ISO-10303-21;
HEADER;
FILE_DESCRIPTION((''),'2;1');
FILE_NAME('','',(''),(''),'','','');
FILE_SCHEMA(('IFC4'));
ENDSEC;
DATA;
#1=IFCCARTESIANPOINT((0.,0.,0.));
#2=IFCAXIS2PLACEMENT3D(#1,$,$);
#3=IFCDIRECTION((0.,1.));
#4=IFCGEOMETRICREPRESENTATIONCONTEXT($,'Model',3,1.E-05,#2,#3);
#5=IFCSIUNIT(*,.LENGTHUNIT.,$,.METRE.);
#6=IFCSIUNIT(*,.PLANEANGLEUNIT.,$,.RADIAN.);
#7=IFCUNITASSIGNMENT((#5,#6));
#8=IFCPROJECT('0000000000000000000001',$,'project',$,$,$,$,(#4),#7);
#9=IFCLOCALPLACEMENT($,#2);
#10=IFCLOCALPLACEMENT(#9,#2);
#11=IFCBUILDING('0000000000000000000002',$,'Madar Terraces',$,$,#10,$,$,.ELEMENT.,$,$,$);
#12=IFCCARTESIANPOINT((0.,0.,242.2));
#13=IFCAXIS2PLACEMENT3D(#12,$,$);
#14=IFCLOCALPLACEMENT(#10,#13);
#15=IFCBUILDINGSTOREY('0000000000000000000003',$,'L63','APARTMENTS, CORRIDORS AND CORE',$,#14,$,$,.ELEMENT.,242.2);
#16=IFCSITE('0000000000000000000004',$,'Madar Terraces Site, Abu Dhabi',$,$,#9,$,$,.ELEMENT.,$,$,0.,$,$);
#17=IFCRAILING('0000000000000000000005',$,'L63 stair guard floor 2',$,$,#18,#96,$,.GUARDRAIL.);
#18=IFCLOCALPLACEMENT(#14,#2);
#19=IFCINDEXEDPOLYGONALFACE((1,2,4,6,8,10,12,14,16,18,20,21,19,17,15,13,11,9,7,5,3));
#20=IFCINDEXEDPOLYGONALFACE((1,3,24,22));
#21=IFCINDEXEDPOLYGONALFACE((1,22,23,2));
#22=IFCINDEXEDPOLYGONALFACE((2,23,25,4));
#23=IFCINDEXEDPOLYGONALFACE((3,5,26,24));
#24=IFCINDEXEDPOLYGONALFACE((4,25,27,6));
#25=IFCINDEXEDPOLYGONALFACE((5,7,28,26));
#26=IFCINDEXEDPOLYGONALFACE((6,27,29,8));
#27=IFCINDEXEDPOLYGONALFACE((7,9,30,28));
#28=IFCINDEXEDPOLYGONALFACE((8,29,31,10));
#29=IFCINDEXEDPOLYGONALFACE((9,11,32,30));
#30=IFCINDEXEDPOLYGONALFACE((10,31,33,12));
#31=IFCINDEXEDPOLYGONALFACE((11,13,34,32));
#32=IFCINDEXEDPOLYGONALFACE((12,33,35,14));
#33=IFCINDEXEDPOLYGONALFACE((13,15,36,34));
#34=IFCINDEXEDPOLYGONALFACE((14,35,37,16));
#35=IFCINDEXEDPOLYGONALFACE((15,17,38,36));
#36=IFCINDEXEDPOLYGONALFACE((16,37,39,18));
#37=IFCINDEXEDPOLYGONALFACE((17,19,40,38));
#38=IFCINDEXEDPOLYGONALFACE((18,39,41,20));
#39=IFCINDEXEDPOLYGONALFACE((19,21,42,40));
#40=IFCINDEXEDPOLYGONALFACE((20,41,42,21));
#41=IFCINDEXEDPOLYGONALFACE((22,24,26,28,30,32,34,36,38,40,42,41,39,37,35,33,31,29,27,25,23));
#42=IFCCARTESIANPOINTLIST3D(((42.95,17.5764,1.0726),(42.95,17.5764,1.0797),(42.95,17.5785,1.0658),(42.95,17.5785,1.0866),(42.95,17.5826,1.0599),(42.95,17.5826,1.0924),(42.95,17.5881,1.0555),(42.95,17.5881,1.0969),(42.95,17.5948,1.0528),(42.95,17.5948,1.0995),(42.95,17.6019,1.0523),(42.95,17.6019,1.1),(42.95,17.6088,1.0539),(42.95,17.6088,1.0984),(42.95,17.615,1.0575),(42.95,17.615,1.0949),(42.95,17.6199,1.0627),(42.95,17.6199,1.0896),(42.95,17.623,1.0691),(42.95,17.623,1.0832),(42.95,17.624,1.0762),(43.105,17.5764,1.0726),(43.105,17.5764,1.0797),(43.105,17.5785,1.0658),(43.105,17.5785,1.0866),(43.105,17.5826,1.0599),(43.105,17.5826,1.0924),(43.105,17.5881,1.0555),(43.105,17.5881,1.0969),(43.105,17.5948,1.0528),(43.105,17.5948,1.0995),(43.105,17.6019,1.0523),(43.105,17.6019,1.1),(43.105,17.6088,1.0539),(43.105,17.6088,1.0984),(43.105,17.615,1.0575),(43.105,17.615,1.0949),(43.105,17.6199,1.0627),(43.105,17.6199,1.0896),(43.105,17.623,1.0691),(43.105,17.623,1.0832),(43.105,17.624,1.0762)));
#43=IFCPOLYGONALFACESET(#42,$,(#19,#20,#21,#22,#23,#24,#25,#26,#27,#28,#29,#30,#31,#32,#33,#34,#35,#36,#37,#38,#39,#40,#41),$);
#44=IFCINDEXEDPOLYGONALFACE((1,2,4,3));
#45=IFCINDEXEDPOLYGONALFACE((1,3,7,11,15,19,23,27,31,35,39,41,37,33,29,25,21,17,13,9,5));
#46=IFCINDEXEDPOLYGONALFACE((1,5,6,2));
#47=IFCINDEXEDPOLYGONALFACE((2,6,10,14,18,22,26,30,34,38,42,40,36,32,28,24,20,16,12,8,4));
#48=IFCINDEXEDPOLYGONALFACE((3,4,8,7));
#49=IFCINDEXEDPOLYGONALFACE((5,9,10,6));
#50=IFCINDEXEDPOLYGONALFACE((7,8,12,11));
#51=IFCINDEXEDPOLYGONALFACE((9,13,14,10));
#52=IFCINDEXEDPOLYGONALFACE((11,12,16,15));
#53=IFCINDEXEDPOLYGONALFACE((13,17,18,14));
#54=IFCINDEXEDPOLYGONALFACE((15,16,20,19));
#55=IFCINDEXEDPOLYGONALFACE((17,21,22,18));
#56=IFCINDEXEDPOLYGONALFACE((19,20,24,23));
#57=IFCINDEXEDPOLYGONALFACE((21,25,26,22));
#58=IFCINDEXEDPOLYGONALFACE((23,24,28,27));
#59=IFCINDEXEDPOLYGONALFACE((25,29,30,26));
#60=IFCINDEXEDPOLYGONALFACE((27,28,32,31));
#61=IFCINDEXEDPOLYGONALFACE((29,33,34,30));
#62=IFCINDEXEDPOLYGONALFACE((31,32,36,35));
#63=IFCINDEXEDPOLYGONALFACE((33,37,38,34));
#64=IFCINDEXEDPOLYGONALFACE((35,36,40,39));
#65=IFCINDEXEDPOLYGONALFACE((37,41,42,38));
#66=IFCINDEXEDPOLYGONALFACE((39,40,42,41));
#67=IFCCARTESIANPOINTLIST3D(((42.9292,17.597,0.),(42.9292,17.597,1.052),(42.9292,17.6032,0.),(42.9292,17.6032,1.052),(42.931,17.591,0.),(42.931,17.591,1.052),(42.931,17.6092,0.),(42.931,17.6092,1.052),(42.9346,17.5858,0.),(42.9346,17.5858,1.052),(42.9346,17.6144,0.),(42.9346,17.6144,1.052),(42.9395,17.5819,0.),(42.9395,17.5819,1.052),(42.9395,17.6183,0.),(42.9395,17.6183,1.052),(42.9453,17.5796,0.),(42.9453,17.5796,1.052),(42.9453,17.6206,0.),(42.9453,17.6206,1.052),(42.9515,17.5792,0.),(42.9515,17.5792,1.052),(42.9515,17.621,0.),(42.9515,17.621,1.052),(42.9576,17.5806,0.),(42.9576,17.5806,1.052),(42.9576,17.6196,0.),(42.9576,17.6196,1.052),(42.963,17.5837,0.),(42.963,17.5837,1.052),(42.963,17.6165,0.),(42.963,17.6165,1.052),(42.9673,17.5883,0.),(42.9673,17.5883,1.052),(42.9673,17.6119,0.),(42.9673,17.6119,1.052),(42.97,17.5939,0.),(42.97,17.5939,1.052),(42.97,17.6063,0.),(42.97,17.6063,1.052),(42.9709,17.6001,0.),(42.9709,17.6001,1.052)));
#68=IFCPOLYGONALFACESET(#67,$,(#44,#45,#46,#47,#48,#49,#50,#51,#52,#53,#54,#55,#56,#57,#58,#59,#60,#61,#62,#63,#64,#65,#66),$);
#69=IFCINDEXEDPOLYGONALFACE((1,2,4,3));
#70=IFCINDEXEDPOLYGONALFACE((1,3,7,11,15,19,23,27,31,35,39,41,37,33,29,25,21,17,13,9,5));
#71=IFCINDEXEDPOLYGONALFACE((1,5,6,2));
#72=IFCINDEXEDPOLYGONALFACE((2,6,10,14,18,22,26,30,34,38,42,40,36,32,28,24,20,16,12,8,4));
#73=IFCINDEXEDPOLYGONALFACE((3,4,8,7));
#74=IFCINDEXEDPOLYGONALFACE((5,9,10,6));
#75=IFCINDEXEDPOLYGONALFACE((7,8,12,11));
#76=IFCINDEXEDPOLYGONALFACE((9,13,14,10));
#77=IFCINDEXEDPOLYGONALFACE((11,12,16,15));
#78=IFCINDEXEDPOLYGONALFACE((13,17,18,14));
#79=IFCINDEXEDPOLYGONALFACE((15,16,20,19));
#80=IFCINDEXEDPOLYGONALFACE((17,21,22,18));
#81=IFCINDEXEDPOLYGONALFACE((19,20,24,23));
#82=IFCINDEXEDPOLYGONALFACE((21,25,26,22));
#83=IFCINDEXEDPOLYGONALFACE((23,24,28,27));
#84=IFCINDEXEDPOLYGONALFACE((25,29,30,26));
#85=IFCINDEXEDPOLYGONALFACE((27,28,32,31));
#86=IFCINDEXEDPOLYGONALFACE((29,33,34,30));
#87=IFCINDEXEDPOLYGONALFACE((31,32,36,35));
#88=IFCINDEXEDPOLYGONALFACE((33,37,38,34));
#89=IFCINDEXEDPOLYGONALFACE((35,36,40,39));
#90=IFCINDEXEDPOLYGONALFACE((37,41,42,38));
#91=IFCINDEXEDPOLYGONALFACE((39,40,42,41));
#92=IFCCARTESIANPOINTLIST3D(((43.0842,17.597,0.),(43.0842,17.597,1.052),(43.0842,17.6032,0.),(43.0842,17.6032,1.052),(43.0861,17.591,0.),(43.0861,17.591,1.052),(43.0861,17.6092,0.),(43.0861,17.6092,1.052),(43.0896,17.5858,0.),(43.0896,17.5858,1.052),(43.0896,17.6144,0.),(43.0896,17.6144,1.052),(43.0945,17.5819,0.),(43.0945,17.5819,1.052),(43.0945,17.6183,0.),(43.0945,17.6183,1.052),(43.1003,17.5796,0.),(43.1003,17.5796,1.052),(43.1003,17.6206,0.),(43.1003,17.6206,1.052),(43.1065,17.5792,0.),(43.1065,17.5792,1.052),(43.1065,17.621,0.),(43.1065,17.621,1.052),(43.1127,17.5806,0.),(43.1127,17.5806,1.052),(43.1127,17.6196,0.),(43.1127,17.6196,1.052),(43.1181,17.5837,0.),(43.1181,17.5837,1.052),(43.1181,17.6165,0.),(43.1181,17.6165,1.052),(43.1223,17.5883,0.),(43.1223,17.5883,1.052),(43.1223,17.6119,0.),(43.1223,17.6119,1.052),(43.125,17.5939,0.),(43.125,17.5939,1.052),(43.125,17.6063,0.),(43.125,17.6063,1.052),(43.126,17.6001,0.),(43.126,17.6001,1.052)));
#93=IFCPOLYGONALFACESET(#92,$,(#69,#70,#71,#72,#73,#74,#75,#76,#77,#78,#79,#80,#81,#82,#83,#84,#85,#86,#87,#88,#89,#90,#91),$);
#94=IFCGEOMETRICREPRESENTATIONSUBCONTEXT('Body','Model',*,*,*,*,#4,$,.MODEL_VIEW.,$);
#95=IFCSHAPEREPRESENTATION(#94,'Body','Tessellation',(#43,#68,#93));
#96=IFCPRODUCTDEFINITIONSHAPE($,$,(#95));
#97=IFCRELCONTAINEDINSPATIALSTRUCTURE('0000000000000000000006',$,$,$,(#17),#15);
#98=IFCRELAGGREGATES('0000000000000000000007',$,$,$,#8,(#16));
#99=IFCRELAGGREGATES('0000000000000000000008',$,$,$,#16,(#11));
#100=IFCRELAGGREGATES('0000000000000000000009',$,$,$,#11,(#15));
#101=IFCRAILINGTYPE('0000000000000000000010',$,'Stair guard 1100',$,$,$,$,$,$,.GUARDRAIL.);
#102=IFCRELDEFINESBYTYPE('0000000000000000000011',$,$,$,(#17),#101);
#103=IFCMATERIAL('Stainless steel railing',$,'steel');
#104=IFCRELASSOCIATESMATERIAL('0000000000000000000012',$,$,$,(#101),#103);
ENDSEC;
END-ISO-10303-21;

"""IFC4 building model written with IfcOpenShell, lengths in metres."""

from ifc_helpers import new_model, si_unit, direction, frame, origin, origin_2d, place, context, subcontext, project, spatial, circle, extrude, material, type_object, element, save


model = new_model("IFC4")

# Units and contexts
model_context = context("Model", 3, precision=1e-05, world=origin(), true_north=direction((0.0, 1.0)))
body_context = subcontext(model_context, "Body", "Model", "MODEL_VIEW")
ifc_project = project(units=[si_unit("LENGTHUNIT", "METRE"), si_unit("PLANEANGLEUNIT", "RADIAN")], contexts=[model_context])

# Site, building, storey
site_placement = place(None, origin())
site = spatial("IfcSite", under=ifc_project, at=site_placement, Name="Madar Terraces Site, Abu Dhabi", CompositionType="ELEMENT", RefElevation=0.0)
building_placement = place(site_placement, origin())
building = spatial("IfcBuilding", under=site, at=building_placement, Name="Madar Terraces", CompositionType="ELEMENT")
storey_placement = place(building_placement, frame((0.0, 0.0, 242.2)))
storey = spatial("IfcBuildingStorey", under=building, at=storey_placement, Name="L63", Description="APARTMENTS, CORRIDORS AND CORE", CompositionType="ELEMENT", Elevation=242.2)

# Railing
ifc_material_1 = material(Name="Stainless steel railing", Category="steel")
railing_type_1 = type_object("IfcRailingType", Name="Stair guard 1100", PredefinedType="GUARDRAIL", material=ifc_material_1)
for number, where, name in (
    (1, (42.95, 17.6001, 0.0), "L63 stair guard floor 2"),
):
    element("IfcRailing", number, at=place(storey_placement, frame(where)), inside=storey, type_object=railing_type_1, Name=name, PredefinedType="GUARDRAIL", context=body_context, shape_type="SweptSolid", body=[
        extrude(circle(Radius=0.0239, at=origin_2d()), frame((0.0, 0.0, 1.0762), z_axis=(1.0, 0.0, 0.0), x_axis=(0.0, 1.0, 0.0)), (0.0, 0.0, 1.0), 0.155),
        extrude(circle(Radius=0.021, at=origin_2d()), origin(), (0.0, 0.0, 1.0), 1.052),
        extrude(circle(Radius=0.021, at=origin_2d()), frame((0.155, 0.0, 0.0)), (0.0, 0.0, 1.0), 1.052),
    ])

save(model, "model.ifc")
